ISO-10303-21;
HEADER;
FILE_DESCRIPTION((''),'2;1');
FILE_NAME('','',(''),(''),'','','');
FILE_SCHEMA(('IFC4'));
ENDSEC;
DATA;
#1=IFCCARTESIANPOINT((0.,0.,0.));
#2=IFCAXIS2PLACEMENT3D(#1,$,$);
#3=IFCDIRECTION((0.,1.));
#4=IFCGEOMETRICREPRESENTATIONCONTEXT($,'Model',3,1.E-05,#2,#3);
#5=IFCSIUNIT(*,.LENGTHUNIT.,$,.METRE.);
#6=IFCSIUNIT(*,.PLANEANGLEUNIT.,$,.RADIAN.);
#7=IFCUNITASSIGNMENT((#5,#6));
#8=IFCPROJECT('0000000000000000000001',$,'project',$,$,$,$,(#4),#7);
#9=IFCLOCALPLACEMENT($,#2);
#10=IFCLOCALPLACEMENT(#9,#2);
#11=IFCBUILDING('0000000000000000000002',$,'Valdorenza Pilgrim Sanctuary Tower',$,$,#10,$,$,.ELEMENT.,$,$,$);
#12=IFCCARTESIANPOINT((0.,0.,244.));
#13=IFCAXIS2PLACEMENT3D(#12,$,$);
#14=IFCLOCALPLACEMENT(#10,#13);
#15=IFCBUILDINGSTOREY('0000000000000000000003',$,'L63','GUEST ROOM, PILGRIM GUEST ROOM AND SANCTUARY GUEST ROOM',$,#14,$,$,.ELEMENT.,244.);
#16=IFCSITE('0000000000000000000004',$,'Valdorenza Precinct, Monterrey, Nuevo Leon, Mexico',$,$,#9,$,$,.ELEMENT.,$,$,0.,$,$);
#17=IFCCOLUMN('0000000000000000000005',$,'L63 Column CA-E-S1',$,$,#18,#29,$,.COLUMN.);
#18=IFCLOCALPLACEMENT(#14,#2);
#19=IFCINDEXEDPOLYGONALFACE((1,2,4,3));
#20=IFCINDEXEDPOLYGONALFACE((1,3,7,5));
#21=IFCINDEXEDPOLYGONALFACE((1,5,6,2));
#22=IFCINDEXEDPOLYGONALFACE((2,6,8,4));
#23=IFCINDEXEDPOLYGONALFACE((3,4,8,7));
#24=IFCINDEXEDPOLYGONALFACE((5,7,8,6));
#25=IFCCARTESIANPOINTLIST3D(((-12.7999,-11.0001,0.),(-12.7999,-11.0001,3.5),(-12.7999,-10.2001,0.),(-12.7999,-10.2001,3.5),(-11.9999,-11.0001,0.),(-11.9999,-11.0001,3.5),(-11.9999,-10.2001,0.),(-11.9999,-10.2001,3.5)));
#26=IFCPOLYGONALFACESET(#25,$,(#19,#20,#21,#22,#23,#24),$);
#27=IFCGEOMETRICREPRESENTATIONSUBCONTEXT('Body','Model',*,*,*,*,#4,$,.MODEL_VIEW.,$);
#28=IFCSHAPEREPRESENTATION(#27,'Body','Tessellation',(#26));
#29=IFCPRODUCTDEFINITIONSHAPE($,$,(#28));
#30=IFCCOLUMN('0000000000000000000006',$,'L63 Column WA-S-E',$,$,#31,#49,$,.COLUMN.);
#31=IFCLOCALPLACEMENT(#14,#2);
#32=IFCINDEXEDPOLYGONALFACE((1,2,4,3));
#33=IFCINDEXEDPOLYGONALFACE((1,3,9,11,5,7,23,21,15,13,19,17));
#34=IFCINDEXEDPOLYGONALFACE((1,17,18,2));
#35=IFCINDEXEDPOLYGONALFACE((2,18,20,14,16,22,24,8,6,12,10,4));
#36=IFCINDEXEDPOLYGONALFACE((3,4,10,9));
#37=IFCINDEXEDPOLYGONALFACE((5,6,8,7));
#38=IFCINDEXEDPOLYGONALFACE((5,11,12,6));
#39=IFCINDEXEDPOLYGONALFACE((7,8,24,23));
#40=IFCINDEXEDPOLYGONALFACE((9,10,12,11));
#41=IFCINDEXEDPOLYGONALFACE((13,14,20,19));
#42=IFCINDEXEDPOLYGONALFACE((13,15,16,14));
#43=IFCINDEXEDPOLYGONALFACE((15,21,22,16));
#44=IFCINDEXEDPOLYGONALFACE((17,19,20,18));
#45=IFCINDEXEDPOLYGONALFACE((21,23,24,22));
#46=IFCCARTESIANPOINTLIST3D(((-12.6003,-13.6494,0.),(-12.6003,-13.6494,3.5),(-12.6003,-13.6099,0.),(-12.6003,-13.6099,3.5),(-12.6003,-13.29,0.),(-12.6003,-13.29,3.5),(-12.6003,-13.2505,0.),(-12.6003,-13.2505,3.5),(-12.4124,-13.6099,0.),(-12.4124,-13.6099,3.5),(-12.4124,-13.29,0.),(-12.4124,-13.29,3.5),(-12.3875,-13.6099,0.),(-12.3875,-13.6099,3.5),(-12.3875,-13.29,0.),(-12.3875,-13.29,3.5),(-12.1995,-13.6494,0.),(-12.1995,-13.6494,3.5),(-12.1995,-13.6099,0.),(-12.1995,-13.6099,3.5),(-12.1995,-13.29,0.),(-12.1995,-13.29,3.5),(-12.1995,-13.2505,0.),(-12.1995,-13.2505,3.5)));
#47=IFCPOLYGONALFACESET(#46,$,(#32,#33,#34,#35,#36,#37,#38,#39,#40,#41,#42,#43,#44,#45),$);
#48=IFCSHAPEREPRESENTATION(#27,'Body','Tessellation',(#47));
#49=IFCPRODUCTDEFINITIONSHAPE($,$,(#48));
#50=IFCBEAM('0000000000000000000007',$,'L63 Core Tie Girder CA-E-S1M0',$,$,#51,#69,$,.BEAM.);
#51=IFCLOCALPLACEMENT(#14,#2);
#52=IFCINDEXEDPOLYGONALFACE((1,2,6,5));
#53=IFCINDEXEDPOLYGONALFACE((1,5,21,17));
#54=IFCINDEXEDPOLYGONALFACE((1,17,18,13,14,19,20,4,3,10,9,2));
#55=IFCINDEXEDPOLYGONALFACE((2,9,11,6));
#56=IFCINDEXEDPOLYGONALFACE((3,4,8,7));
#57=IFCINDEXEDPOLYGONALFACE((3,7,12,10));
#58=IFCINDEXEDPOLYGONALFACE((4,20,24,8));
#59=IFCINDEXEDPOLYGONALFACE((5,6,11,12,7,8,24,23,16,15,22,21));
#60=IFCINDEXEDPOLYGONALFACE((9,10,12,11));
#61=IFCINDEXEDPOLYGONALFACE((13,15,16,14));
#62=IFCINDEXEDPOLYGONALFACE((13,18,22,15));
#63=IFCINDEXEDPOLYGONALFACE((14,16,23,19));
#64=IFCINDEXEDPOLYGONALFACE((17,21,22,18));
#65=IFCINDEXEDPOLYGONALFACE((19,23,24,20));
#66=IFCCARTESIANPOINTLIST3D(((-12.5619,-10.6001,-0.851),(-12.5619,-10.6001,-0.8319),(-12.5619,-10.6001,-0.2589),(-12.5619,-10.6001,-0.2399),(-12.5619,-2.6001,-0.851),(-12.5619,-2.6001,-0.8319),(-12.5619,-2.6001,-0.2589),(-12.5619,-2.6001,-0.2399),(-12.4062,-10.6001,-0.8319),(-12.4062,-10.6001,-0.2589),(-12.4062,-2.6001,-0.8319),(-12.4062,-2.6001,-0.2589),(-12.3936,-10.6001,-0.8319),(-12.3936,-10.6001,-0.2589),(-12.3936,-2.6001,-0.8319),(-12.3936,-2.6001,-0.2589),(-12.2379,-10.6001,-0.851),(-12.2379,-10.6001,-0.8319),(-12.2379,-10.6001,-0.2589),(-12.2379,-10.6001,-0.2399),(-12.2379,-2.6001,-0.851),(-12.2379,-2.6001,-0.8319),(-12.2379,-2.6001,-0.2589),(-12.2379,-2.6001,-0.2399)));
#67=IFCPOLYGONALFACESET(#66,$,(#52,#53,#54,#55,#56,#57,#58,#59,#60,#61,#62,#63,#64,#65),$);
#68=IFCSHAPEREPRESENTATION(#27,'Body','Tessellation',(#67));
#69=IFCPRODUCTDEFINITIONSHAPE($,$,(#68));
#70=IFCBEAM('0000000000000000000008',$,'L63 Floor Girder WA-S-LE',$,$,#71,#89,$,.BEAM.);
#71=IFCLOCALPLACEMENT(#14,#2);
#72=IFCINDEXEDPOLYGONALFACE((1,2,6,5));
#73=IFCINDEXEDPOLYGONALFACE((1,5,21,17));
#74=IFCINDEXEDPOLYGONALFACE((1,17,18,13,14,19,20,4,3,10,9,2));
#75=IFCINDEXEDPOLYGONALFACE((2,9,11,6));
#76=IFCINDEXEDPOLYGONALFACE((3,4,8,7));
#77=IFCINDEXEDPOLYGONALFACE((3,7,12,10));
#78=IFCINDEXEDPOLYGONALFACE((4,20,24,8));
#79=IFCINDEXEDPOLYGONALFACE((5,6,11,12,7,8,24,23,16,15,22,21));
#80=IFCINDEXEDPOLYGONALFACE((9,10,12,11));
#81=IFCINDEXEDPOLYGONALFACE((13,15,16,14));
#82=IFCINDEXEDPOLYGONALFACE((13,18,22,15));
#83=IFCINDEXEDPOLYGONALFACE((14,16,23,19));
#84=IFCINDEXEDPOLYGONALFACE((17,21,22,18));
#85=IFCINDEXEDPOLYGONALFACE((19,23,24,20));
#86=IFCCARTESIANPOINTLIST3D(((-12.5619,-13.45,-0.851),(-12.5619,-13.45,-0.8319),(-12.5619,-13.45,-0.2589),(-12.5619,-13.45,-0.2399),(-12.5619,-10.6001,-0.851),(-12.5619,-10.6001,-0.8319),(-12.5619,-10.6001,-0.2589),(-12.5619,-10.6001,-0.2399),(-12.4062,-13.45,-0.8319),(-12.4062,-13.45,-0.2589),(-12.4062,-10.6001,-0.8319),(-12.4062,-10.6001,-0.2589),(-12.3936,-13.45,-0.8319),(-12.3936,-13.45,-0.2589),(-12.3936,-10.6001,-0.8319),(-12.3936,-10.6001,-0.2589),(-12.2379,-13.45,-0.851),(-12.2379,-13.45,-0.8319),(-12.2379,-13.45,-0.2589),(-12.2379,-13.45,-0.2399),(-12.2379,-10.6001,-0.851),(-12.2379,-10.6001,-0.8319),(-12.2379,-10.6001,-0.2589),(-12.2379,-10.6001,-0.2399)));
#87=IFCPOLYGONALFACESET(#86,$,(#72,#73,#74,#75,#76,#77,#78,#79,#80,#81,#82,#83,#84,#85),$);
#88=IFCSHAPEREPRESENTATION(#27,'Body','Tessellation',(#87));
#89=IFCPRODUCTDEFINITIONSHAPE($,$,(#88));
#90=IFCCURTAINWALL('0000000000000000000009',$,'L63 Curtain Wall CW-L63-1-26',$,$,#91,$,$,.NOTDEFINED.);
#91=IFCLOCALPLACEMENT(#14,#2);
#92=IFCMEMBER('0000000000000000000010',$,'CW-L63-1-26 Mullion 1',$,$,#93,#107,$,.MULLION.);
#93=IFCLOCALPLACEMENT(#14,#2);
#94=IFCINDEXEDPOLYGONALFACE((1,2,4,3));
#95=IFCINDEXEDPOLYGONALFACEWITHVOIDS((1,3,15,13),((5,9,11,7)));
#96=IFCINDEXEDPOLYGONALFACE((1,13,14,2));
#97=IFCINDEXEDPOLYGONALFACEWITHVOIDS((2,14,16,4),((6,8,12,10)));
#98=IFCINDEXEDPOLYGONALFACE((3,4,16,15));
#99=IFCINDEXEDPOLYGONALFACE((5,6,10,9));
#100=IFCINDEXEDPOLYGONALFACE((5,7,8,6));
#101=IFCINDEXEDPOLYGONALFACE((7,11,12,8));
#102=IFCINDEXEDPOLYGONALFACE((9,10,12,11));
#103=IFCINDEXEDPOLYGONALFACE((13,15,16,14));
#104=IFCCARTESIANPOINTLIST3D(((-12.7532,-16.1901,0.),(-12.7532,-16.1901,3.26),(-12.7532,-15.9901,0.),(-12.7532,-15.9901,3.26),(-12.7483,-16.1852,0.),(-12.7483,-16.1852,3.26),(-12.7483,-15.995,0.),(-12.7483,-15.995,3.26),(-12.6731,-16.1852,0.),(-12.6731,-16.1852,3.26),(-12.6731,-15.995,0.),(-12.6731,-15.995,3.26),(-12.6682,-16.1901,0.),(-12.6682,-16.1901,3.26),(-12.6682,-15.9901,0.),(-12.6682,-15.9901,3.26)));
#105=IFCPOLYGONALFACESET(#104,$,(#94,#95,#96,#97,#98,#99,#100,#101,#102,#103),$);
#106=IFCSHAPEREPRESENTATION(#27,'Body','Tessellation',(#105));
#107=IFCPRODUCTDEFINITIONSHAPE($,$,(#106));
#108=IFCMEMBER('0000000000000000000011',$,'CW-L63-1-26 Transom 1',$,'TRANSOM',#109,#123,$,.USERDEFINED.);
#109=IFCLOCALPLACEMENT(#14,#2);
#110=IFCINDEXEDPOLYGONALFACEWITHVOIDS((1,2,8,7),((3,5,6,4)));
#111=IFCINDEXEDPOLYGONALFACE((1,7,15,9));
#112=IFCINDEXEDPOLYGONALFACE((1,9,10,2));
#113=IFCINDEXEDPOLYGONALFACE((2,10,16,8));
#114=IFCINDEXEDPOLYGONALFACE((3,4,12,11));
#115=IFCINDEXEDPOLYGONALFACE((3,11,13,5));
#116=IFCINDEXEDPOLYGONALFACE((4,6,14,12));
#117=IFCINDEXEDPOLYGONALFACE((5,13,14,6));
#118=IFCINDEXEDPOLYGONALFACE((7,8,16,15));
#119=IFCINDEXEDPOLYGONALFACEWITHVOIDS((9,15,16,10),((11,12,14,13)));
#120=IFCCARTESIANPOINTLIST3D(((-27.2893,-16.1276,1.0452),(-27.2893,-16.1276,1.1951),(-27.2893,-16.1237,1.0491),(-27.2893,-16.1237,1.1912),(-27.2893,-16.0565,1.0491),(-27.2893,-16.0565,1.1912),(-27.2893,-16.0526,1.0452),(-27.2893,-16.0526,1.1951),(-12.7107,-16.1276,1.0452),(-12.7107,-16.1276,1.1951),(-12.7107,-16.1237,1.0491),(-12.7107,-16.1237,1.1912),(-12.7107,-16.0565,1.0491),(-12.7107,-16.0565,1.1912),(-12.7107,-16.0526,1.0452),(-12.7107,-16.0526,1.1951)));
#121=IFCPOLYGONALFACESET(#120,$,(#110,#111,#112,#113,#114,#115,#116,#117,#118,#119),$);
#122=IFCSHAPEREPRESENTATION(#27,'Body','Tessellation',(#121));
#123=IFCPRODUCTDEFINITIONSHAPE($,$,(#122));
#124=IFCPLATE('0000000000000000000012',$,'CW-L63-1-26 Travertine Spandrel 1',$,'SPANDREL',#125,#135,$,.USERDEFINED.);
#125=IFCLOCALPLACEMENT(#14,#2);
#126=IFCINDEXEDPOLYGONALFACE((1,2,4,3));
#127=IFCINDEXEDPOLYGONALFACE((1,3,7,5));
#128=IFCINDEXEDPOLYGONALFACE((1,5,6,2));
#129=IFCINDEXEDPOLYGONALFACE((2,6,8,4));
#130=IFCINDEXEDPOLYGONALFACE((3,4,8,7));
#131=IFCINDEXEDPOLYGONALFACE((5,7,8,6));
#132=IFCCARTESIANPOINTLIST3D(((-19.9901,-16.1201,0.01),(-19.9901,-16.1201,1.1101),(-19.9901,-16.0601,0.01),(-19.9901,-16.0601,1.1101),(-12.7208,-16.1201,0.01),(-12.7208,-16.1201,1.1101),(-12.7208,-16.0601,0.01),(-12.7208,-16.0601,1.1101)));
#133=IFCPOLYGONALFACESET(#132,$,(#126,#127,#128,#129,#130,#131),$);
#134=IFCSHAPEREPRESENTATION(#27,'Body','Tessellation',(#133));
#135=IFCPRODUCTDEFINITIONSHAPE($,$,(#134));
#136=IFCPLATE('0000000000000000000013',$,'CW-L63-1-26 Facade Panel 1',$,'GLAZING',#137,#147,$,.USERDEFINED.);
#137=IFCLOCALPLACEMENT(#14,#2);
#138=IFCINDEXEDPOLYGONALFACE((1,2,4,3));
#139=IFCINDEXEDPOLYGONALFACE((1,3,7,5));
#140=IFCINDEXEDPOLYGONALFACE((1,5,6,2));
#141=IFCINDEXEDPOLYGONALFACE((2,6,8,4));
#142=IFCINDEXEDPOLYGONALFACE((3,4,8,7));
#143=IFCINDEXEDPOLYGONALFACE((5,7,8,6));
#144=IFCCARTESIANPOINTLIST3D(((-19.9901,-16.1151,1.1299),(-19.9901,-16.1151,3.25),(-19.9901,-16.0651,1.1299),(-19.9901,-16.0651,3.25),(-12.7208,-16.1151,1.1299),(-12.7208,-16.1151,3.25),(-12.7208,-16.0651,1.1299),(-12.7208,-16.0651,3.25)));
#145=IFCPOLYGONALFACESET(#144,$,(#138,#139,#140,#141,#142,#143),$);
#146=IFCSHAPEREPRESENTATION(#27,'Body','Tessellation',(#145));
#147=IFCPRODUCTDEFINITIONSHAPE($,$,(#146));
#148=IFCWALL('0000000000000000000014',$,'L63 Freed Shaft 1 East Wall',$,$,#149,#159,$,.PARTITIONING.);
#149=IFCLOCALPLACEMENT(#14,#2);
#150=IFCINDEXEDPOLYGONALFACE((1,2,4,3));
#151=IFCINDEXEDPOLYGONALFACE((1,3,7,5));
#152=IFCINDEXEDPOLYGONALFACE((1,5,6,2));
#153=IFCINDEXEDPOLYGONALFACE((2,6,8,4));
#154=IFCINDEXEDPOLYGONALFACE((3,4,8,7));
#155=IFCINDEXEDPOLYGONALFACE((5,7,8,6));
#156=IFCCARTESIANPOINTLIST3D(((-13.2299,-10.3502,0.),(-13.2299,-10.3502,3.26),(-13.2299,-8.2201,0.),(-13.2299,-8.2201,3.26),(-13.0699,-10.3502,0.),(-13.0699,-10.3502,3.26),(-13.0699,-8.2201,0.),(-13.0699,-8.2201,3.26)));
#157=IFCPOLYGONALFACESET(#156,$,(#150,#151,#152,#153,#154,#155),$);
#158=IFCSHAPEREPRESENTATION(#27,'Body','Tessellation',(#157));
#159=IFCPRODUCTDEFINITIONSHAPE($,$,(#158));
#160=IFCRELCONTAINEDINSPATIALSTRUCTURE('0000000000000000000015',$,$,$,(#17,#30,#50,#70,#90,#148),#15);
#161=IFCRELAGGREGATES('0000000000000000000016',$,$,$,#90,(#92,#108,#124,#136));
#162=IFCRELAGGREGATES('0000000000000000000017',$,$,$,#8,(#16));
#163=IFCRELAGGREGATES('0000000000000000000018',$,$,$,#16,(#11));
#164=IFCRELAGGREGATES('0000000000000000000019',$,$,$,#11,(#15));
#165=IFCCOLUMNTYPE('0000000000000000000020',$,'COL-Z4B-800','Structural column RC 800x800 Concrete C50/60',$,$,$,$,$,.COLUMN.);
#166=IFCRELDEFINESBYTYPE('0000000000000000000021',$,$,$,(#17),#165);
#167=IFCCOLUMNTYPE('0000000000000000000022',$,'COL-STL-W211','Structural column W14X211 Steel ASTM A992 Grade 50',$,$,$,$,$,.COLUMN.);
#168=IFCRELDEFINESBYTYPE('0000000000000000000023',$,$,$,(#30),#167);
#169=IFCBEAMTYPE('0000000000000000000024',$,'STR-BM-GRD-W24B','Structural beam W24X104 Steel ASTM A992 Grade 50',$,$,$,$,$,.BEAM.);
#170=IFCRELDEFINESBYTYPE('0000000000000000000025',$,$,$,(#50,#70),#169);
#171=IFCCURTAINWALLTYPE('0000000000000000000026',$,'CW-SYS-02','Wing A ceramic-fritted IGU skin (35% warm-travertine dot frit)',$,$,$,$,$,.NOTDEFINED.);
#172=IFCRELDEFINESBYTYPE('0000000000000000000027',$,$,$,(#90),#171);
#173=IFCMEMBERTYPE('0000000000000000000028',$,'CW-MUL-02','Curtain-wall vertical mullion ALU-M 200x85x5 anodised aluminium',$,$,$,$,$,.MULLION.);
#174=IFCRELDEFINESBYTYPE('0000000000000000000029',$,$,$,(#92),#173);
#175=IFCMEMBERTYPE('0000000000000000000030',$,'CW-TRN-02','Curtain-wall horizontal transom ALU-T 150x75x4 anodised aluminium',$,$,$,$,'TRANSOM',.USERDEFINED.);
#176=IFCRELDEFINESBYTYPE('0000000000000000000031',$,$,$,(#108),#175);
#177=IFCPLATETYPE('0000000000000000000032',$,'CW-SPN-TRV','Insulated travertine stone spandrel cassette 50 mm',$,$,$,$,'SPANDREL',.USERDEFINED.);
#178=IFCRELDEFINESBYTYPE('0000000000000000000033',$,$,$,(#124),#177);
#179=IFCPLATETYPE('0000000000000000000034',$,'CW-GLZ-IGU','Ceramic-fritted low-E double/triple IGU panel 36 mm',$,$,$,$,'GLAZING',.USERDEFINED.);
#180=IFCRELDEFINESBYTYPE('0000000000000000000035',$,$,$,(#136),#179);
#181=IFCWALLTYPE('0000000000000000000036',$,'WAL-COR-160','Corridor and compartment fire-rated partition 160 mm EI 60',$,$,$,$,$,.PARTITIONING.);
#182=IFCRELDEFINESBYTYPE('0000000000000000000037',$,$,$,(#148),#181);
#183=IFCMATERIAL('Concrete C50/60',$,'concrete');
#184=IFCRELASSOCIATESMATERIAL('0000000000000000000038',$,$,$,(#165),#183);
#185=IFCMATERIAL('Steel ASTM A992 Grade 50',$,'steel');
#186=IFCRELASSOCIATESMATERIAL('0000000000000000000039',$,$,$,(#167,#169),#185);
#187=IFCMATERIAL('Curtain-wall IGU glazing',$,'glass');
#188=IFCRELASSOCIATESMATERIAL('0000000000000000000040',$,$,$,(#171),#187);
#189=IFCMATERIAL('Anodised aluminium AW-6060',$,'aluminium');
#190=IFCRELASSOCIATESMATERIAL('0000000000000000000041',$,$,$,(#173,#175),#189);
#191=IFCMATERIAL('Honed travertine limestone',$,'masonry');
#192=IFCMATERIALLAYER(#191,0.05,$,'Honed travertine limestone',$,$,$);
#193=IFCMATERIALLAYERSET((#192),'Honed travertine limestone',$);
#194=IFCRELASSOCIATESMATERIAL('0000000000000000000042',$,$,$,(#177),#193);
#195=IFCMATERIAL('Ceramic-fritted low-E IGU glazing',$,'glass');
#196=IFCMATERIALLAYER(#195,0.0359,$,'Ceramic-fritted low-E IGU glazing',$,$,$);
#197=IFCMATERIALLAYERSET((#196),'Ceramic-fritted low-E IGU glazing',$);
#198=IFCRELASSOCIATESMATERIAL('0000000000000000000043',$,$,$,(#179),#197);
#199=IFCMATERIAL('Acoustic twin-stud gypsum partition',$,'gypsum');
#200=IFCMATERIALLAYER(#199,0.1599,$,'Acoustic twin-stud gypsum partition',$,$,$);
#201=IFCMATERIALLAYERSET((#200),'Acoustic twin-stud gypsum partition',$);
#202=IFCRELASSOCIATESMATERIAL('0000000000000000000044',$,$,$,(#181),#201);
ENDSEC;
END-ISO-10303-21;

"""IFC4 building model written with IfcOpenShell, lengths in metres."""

from ifc_helpers import new_model, si_unit, direction, frame, frame_2d, origin, origin_2d, place, context, subcontext, project, spatial, rectangle, hollow_rectangle, i_section, extrude, source, transform, mapped, material, layer, layer_set, material_profile, profile_set, type_object, element, aggregate, save


model = new_model("IFC4")

# Units and contexts
model_context = context("Model", 3, precision=1e-05, world=origin(), true_north=direction((0.0, 1.0)))
body_context = subcontext(model_context, "Body", "Model", "MODEL_VIEW")
ifc_project = project(units=[si_unit("LENGTHUNIT", "METRE"), si_unit("PLANEANGLEUNIT", "RADIAN")], contexts=[model_context])

# Site, building, storey
site_placement = place(None, origin())
site = spatial("IfcSite", under=ifc_project, at=site_placement, Name="Valdorenza Precinct, Monterrey, Nuevo Leon, Mexico", CompositionType="ELEMENT", RefElevation=0.0)
building_placement = place(site_placement, origin())
building = spatial("IfcBuilding", under=site, at=building_placement, Name="Valdorenza Pilgrim Sanctuary Tower", CompositionType="ELEMENT")
storey_placement = place(building_placement, frame((0.0, 0.0, 244.0)))
storey = spatial("IfcBuildingStorey", under=building, at=storey_placement, Name="L63", Description="GUEST ROOM, PILGRIM GUEST ROOM AND SANCTUARY GUEST ROOM", CompositionType="ELEMENT", Elevation=244.0)

# Columns
ifc_material_1 = material(Name="Concrete C50/60", Category="concrete")
ifc_material_profile_1 = material_profile(ifc_material_1, rectangle(XDim=0.8, YDim=0.8, at=origin_2d()), Name="RC 800x800")
ifc_profile_set_1 = profile_set([ifc_material_profile_1], Name="Concrete C50/60")
column_type_1 = type_object("IfcColumnType", Name="COL-Z4B-800", Description="Structural column RC 800x800 Concrete C50/60", PredefinedType="COLUMN", material=ifc_profile_set_1)
shared_shape_1 = source(origin(), body_context, "Body", "SweptSolid", [
    extrude(rectangle(XDim=0.8, YDim=0.8, at=origin_2d()), origin(), (0.0, 0.0, 1.0), 3.5),
])
column_1_placement = place(storey_placement, frame((-12.3999, -10.6001, 0.0), z_axis=(0.0, 0.0, 1.0), x_axis=(1.0, 0.0, 0.0)))
element("IfcColumn", 1, at=column_1_placement, inside=storey, type_object=column_type_1, Name="L63 Column CA-E-S1", PredefinedType="COLUMN", context=body_context, shape_type="MappedRepresentation", body=[
    mapped(shared_shape_1, transform((0.0, 0.0, 0.0), x_axis=(1.0, 0.0, 0.0), y_axis=(0.0, 1.0, 0.0), z_axis=(0.0, 0.0, 1.0), scale=1.0)),
])
ifc_material_2 = material(Name="Steel ASTM A992 Grade 50", Category="steel")
ifc_material_profile_2 = material_profile(ifc_material_2, i_section(OverallWidth=0.4009, OverallDepth=0.3989, WebThickness=0.0249, FlangeThickness=0.0396, at=origin_2d()), Name="W14X211")
ifc_profile_set_2 = profile_set([ifc_material_profile_2], Name="Steel ASTM A992 Grade 50")
column_type_2 = type_object("IfcColumnType", Name="COL-STL-W211", Description="Structural column W14X211 Steel ASTM A992 Grade 50", PredefinedType="COLUMN", material=ifc_profile_set_2)
shared_shape_2 = source(origin(), body_context, "Body", "SweptSolid", [
    extrude(i_section(OverallWidth=0.4009, OverallDepth=0.3989, WebThickness=0.0249, FlangeThickness=0.0396, at=origin_2d()), origin(), (0.0, 0.0, 1.0), 3.5),
])
column_2_placement = place(storey_placement, frame((-12.3999, -13.45, 0.0), z_axis=(0.0, 0.0, 1.0), x_axis=(1.0, 0.0, 0.0)))
element("IfcColumn", 2, at=column_2_placement, inside=storey, type_object=column_type_2, Name="L63 Column WA-S-E", PredefinedType="COLUMN", context=body_context, shape_type="MappedRepresentation", body=[
    mapped(shared_shape_2, transform((0.0, 0.0, 0.0), x_axis=(1.0, 0.0, 0.0), y_axis=(0.0, 1.0, 0.0), z_axis=(0.0, 0.0, 1.0), scale=1.0)),
])

# Beams
ifc_material_profile_3 = material_profile(ifc_material_2, i_section(OverallWidth=0.324, OverallDepth=0.6111, WebThickness=0.0127, FlangeThickness=0.019, at=origin_2d()), Name="W24X104")
ifc_profile_set_3 = profile_set([ifc_material_profile_3], Name="Steel ASTM A992 Grade 50")
beam_type = type_object("IfcBeamType", Name="STR-BM-GRD-W24B", Description="Structural beam W24X104 Steel ASTM A992 Grade 50", PredefinedType="BEAM", material=ifc_profile_set_3)
shared_shape_3 = source(origin(), body_context, "Body", "SweptSolid", [
    extrude(i_section(OverallWidth=0.324, OverallDepth=0.6111, WebThickness=0.0127, FlangeThickness=0.019, at=origin_2d()), origin(), (0.0, 0.0, 1.0), 8.0),
])
beam_1_placement = place(storey_placement, frame((-12.3999, -10.6001, -0.5454), z_axis=(0.0, 1.0, 0.0), x_axis=(-1.0, 0.0, 0.0)))
element("IfcBeam", 3, at=beam_1_placement, inside=storey, type_object=beam_type, Name="L63 Core Tie Girder CA-E-S1M0", PredefinedType="BEAM", context=body_context, shape_type="MappedRepresentation", body=[
    mapped(shared_shape_3, transform((0.0, 0.0, 0.0), x_axis=(1.0, 0.0, 0.0), y_axis=(0.0, 1.0, 0.0), z_axis=(0.0, 0.0, 1.0), scale=1.0)),
])
shared_shape_4 = source(origin(), body_context, "Body", "SweptSolid", [
    extrude(i_section(OverallWidth=0.324, OverallDepth=0.6111, WebThickness=0.0127, FlangeThickness=0.019, at=origin_2d()), origin(), (0.0, 0.0, 1.0), 2.8499),
])
beam_2_placement = place(storey_placement, frame((-12.3999, -13.45, -0.5454), z_axis=(0.0, 1.0, 0.0), x_axis=(-1.0, 0.0, 0.0)))
element("IfcBeam", 4, at=beam_2_placement, inside=storey, type_object=beam_type, Name="L63 Floor Girder WA-S-LE", PredefinedType="BEAM", context=body_context, shape_type="MappedRepresentation", body=[
    mapped(shared_shape_4, transform((0.0, 0.0, 0.0), x_axis=(1.0, 0.0, 0.0), y_axis=(0.0, 1.0, 0.0), z_axis=(0.0, 0.0, 1.0), scale=1.0)),
])

# Curtain wall, members, plates
ifc_material_3 = material(Name="Curtain-wall IGU glazing", Category="glass")
curtain_wall_type = type_object("IfcCurtainWallType", Name="CW-SYS-02", Description="Wing A ceramic-fritted IGU skin (35% warm-travertine dot frit)", PredefinedType="NOTDEFINED", material=ifc_material_3)
curtain_wall_placement = place(storey_placement, origin())
curtain_wall = element("IfcCurtainWall", 5, at=curtain_wall_placement, inside=storey, type_object=curtain_wall_type, Name="L63 Curtain Wall CW-L63-1-26", PredefinedType="NOTDEFINED")
ifc_material_4 = material(Name="Anodised aluminium AW-6060", Category="aluminium")
ifc_material_profile_4 = material_profile(ifc_material_4, hollow_rectangle(XDim=0.085, YDim=0.2, WallThickness=0.0049, at=origin_2d()), Name="ALU-M 200x85x5")
ifc_profile_set_4 = profile_set([ifc_material_profile_4], Name="Anodised aluminium AW-6060")
member_type_1 = type_object("IfcMemberType", Name="CW-MUL-02", Description="Curtain-wall vertical mullion ALU-M 200x85x5 anodised aluminium", PredefinedType="MULLION", material=ifc_profile_set_4)
shared_shape_5 = source(origin(), body_context, "Body", "SweptSolid", [
    extrude(hollow_rectangle(XDim=0.085, YDim=0.2, WallThickness=0.0049, at=origin_2d()), origin(), (0.0, 0.0, 1.0), 3.26),
])
member_1_placement = place(storey_placement, frame((-12.7107, -16.0901, 0.0), z_axis=(0.0, 0.0, 1.0), x_axis=(-1.0, 0.0, 0.0)))
member_1 = element("IfcMember", 6, at=member_1_placement, type_object=member_type_1, Name="CW-L63-1-26 Mullion 1", PredefinedType="MULLION", context=body_context, shape_type="MappedRepresentation", body=[
    mapped(shared_shape_5, transform((0.0, 0.0, 0.0), x_axis=(1.0, 0.0, 0.0), y_axis=(0.0, 1.0, 0.0), z_axis=(0.0, 0.0, 1.0), scale=1.0)),
])
ifc_material_profile_5 = material_profile(ifc_material_4, hollow_rectangle(XDim=0.075, YDim=0.1499, WallThickness=0.0039, at=origin_2d()), Name="ALU-T 150x75x4")
ifc_profile_set_5 = profile_set([ifc_material_profile_5], Name="Anodised aluminium AW-6060")
member_type_2 = type_object("IfcMemberType", Name="CW-TRN-02", Description="Curtain-wall horizontal transom ALU-T 150x75x4 anodised aluminium", ElementType="TRANSOM", PredefinedType="USERDEFINED", material=ifc_profile_set_5)
shared_shape_6 = source(origin(), body_context, "Body", "SweptSolid", [
    extrude(hollow_rectangle(XDim=0.075, YDim=0.1499, WallThickness=0.0039, at=origin_2d()), origin(), (0.0, 0.0, 1.0), 14.5786),
])
member_2_placement = place(storey_placement, frame((-12.7107, -16.0901, 1.1201), z_axis=(-1.0, 0.0, 0.0), x_axis=(0.0, -1.0, 0.0)))
member_2 = element("IfcMember", 7, at=member_2_placement, type_object=member_type_2, Name="CW-L63-1-26 Transom 1", ObjectType="TRANSOM", PredefinedType="USERDEFINED", context=body_context, shape_type="MappedRepresentation", body=[
    mapped(shared_shape_6, transform((0.0, 0.0, 0.0), x_axis=(1.0, 0.0, 0.0), y_axis=(0.0, 1.0, 0.0), z_axis=(0.0, 0.0, 1.0), scale=1.0)),
])
ifc_material_5 = material(Name="Honed travertine limestone", Category="masonry")
ifc_layer_1 = layer(ifc_material_5, 0.05, Name="Honed travertine limestone")
ifc_layer_set_1 = layer_set([ifc_layer_1], Name="Honed travertine limestone")
plate_type_1 = type_object("IfcPlateType", Name="CW-SPN-TRV", Description="Insulated travertine stone spandrel cassette 50 mm", ElementType="SPANDREL", PredefinedType="USERDEFINED", material=ifc_layer_set_1)
shared_shape_7 = source(origin(), body_context, "Body", "SweptSolid", [
    extrude(rectangle(XDim=7.2693, YDim=0.0601, at=origin_2d()), origin(), (0.0, 0.0, 1.0), 1.1001),
])
plate_1_placement = place(storey_placement, frame((-16.3555, -16.0901, 0.01), z_axis=(0.0, 0.0, 1.0), x_axis=(-1.0, 0.0, 0.0)))
plate_1 = element("IfcPlate", 8, at=plate_1_placement, type_object=plate_type_1, Name="CW-L63-1-26 Travertine Spandrel 1", ObjectType="SPANDREL", PredefinedType="USERDEFINED", context=body_context, shape_type="MappedRepresentation", body=[
    mapped(shared_shape_7, transform((0.0, 0.0, 0.0), x_axis=(1.0, 0.0, 0.0), y_axis=(0.0, 1.0, 0.0), z_axis=(0.0, 0.0, 1.0), scale=1.0)),
])
ifc_material_6 = material(Name="Ceramic-fritted low-E IGU glazing", Category="glass")
ifc_layer_2 = layer(ifc_material_6, 0.0359, Name="Ceramic-fritted low-E IGU glazing")
ifc_layer_set_2 = layer_set([ifc_layer_2], Name="Ceramic-fritted low-E IGU glazing")
plate_type_2 = type_object("IfcPlateType", Name="CW-GLZ-IGU", Description="Ceramic-fritted low-E double/triple IGU panel 36 mm", ElementType="GLAZING", PredefinedType="USERDEFINED", material=ifc_layer_set_2)
shared_shape_8 = source(origin(), body_context, "Body", "SweptSolid", [
    extrude(rectangle(XDim=7.2693, YDim=0.05, at=origin_2d()), origin(), (0.0, 0.0, 1.0), 2.1201),
])
plate_2_placement = place(storey_placement, frame((-16.3555, -16.0901, 1.1299), z_axis=(0.0, 0.0, 1.0), x_axis=(-1.0, 0.0, 0.0)))
plate_2 = element("IfcPlate", 9, at=plate_2_placement, type_object=plate_type_2, Name="CW-L63-1-26 Facade Panel 1", ObjectType="GLAZING", PredefinedType="USERDEFINED", context=body_context, shape_type="MappedRepresentation", body=[
    mapped(shared_shape_8, transform((0.0, 0.0, 0.0), x_axis=(1.0, 0.0, 0.0), y_axis=(0.0, 1.0, 0.0), z_axis=(0.0, 0.0, 1.0), scale=1.0)),
])
aggregate(curtain_wall, [member_1, member_2, plate_1, plate_2])

# Wall
ifc_material_7 = material(Name="Acoustic twin-stud gypsum partition", Category="gypsum")
ifc_layer_3 = layer(ifc_material_7, 0.1599, Name="Acoustic twin-stud gypsum partition")
ifc_layer_set_3 = layer_set([ifc_layer_3], Name="Acoustic twin-stud gypsum partition")
wall_type_1 = type_object("IfcWallType", Name="WAL-COR-160", Description="Corridor and compartment fire-rated partition 160 mm EI 60", PredefinedType="PARTITIONING", material=ifc_layer_set_3)
for number, where, z_axis, x_axis, name in (
    (10, (-13.1499, -10.3501, 0.0), (0.0, 0.0, 1.0), (0.0, 1.0, 0.0), "L63 Freed Shaft 1 East Wall"),
):
    element("IfcWall", number, at=place(storey_placement, frame(where, z_axis=z_axis, x_axis=x_axis)), inside=storey, type_object=wall_type_1, Name=name, PredefinedType="PARTITIONING", context=body_context, shape_type="SweptSolid", body=[
        extrude(rectangle(XDim=2.1301, YDim=0.1599, at=frame_2d((1.0649, 0.0))), origin(), (0.0, 0.0, 1.0), 3.26),
    ])

save(model, "model.ifc")
